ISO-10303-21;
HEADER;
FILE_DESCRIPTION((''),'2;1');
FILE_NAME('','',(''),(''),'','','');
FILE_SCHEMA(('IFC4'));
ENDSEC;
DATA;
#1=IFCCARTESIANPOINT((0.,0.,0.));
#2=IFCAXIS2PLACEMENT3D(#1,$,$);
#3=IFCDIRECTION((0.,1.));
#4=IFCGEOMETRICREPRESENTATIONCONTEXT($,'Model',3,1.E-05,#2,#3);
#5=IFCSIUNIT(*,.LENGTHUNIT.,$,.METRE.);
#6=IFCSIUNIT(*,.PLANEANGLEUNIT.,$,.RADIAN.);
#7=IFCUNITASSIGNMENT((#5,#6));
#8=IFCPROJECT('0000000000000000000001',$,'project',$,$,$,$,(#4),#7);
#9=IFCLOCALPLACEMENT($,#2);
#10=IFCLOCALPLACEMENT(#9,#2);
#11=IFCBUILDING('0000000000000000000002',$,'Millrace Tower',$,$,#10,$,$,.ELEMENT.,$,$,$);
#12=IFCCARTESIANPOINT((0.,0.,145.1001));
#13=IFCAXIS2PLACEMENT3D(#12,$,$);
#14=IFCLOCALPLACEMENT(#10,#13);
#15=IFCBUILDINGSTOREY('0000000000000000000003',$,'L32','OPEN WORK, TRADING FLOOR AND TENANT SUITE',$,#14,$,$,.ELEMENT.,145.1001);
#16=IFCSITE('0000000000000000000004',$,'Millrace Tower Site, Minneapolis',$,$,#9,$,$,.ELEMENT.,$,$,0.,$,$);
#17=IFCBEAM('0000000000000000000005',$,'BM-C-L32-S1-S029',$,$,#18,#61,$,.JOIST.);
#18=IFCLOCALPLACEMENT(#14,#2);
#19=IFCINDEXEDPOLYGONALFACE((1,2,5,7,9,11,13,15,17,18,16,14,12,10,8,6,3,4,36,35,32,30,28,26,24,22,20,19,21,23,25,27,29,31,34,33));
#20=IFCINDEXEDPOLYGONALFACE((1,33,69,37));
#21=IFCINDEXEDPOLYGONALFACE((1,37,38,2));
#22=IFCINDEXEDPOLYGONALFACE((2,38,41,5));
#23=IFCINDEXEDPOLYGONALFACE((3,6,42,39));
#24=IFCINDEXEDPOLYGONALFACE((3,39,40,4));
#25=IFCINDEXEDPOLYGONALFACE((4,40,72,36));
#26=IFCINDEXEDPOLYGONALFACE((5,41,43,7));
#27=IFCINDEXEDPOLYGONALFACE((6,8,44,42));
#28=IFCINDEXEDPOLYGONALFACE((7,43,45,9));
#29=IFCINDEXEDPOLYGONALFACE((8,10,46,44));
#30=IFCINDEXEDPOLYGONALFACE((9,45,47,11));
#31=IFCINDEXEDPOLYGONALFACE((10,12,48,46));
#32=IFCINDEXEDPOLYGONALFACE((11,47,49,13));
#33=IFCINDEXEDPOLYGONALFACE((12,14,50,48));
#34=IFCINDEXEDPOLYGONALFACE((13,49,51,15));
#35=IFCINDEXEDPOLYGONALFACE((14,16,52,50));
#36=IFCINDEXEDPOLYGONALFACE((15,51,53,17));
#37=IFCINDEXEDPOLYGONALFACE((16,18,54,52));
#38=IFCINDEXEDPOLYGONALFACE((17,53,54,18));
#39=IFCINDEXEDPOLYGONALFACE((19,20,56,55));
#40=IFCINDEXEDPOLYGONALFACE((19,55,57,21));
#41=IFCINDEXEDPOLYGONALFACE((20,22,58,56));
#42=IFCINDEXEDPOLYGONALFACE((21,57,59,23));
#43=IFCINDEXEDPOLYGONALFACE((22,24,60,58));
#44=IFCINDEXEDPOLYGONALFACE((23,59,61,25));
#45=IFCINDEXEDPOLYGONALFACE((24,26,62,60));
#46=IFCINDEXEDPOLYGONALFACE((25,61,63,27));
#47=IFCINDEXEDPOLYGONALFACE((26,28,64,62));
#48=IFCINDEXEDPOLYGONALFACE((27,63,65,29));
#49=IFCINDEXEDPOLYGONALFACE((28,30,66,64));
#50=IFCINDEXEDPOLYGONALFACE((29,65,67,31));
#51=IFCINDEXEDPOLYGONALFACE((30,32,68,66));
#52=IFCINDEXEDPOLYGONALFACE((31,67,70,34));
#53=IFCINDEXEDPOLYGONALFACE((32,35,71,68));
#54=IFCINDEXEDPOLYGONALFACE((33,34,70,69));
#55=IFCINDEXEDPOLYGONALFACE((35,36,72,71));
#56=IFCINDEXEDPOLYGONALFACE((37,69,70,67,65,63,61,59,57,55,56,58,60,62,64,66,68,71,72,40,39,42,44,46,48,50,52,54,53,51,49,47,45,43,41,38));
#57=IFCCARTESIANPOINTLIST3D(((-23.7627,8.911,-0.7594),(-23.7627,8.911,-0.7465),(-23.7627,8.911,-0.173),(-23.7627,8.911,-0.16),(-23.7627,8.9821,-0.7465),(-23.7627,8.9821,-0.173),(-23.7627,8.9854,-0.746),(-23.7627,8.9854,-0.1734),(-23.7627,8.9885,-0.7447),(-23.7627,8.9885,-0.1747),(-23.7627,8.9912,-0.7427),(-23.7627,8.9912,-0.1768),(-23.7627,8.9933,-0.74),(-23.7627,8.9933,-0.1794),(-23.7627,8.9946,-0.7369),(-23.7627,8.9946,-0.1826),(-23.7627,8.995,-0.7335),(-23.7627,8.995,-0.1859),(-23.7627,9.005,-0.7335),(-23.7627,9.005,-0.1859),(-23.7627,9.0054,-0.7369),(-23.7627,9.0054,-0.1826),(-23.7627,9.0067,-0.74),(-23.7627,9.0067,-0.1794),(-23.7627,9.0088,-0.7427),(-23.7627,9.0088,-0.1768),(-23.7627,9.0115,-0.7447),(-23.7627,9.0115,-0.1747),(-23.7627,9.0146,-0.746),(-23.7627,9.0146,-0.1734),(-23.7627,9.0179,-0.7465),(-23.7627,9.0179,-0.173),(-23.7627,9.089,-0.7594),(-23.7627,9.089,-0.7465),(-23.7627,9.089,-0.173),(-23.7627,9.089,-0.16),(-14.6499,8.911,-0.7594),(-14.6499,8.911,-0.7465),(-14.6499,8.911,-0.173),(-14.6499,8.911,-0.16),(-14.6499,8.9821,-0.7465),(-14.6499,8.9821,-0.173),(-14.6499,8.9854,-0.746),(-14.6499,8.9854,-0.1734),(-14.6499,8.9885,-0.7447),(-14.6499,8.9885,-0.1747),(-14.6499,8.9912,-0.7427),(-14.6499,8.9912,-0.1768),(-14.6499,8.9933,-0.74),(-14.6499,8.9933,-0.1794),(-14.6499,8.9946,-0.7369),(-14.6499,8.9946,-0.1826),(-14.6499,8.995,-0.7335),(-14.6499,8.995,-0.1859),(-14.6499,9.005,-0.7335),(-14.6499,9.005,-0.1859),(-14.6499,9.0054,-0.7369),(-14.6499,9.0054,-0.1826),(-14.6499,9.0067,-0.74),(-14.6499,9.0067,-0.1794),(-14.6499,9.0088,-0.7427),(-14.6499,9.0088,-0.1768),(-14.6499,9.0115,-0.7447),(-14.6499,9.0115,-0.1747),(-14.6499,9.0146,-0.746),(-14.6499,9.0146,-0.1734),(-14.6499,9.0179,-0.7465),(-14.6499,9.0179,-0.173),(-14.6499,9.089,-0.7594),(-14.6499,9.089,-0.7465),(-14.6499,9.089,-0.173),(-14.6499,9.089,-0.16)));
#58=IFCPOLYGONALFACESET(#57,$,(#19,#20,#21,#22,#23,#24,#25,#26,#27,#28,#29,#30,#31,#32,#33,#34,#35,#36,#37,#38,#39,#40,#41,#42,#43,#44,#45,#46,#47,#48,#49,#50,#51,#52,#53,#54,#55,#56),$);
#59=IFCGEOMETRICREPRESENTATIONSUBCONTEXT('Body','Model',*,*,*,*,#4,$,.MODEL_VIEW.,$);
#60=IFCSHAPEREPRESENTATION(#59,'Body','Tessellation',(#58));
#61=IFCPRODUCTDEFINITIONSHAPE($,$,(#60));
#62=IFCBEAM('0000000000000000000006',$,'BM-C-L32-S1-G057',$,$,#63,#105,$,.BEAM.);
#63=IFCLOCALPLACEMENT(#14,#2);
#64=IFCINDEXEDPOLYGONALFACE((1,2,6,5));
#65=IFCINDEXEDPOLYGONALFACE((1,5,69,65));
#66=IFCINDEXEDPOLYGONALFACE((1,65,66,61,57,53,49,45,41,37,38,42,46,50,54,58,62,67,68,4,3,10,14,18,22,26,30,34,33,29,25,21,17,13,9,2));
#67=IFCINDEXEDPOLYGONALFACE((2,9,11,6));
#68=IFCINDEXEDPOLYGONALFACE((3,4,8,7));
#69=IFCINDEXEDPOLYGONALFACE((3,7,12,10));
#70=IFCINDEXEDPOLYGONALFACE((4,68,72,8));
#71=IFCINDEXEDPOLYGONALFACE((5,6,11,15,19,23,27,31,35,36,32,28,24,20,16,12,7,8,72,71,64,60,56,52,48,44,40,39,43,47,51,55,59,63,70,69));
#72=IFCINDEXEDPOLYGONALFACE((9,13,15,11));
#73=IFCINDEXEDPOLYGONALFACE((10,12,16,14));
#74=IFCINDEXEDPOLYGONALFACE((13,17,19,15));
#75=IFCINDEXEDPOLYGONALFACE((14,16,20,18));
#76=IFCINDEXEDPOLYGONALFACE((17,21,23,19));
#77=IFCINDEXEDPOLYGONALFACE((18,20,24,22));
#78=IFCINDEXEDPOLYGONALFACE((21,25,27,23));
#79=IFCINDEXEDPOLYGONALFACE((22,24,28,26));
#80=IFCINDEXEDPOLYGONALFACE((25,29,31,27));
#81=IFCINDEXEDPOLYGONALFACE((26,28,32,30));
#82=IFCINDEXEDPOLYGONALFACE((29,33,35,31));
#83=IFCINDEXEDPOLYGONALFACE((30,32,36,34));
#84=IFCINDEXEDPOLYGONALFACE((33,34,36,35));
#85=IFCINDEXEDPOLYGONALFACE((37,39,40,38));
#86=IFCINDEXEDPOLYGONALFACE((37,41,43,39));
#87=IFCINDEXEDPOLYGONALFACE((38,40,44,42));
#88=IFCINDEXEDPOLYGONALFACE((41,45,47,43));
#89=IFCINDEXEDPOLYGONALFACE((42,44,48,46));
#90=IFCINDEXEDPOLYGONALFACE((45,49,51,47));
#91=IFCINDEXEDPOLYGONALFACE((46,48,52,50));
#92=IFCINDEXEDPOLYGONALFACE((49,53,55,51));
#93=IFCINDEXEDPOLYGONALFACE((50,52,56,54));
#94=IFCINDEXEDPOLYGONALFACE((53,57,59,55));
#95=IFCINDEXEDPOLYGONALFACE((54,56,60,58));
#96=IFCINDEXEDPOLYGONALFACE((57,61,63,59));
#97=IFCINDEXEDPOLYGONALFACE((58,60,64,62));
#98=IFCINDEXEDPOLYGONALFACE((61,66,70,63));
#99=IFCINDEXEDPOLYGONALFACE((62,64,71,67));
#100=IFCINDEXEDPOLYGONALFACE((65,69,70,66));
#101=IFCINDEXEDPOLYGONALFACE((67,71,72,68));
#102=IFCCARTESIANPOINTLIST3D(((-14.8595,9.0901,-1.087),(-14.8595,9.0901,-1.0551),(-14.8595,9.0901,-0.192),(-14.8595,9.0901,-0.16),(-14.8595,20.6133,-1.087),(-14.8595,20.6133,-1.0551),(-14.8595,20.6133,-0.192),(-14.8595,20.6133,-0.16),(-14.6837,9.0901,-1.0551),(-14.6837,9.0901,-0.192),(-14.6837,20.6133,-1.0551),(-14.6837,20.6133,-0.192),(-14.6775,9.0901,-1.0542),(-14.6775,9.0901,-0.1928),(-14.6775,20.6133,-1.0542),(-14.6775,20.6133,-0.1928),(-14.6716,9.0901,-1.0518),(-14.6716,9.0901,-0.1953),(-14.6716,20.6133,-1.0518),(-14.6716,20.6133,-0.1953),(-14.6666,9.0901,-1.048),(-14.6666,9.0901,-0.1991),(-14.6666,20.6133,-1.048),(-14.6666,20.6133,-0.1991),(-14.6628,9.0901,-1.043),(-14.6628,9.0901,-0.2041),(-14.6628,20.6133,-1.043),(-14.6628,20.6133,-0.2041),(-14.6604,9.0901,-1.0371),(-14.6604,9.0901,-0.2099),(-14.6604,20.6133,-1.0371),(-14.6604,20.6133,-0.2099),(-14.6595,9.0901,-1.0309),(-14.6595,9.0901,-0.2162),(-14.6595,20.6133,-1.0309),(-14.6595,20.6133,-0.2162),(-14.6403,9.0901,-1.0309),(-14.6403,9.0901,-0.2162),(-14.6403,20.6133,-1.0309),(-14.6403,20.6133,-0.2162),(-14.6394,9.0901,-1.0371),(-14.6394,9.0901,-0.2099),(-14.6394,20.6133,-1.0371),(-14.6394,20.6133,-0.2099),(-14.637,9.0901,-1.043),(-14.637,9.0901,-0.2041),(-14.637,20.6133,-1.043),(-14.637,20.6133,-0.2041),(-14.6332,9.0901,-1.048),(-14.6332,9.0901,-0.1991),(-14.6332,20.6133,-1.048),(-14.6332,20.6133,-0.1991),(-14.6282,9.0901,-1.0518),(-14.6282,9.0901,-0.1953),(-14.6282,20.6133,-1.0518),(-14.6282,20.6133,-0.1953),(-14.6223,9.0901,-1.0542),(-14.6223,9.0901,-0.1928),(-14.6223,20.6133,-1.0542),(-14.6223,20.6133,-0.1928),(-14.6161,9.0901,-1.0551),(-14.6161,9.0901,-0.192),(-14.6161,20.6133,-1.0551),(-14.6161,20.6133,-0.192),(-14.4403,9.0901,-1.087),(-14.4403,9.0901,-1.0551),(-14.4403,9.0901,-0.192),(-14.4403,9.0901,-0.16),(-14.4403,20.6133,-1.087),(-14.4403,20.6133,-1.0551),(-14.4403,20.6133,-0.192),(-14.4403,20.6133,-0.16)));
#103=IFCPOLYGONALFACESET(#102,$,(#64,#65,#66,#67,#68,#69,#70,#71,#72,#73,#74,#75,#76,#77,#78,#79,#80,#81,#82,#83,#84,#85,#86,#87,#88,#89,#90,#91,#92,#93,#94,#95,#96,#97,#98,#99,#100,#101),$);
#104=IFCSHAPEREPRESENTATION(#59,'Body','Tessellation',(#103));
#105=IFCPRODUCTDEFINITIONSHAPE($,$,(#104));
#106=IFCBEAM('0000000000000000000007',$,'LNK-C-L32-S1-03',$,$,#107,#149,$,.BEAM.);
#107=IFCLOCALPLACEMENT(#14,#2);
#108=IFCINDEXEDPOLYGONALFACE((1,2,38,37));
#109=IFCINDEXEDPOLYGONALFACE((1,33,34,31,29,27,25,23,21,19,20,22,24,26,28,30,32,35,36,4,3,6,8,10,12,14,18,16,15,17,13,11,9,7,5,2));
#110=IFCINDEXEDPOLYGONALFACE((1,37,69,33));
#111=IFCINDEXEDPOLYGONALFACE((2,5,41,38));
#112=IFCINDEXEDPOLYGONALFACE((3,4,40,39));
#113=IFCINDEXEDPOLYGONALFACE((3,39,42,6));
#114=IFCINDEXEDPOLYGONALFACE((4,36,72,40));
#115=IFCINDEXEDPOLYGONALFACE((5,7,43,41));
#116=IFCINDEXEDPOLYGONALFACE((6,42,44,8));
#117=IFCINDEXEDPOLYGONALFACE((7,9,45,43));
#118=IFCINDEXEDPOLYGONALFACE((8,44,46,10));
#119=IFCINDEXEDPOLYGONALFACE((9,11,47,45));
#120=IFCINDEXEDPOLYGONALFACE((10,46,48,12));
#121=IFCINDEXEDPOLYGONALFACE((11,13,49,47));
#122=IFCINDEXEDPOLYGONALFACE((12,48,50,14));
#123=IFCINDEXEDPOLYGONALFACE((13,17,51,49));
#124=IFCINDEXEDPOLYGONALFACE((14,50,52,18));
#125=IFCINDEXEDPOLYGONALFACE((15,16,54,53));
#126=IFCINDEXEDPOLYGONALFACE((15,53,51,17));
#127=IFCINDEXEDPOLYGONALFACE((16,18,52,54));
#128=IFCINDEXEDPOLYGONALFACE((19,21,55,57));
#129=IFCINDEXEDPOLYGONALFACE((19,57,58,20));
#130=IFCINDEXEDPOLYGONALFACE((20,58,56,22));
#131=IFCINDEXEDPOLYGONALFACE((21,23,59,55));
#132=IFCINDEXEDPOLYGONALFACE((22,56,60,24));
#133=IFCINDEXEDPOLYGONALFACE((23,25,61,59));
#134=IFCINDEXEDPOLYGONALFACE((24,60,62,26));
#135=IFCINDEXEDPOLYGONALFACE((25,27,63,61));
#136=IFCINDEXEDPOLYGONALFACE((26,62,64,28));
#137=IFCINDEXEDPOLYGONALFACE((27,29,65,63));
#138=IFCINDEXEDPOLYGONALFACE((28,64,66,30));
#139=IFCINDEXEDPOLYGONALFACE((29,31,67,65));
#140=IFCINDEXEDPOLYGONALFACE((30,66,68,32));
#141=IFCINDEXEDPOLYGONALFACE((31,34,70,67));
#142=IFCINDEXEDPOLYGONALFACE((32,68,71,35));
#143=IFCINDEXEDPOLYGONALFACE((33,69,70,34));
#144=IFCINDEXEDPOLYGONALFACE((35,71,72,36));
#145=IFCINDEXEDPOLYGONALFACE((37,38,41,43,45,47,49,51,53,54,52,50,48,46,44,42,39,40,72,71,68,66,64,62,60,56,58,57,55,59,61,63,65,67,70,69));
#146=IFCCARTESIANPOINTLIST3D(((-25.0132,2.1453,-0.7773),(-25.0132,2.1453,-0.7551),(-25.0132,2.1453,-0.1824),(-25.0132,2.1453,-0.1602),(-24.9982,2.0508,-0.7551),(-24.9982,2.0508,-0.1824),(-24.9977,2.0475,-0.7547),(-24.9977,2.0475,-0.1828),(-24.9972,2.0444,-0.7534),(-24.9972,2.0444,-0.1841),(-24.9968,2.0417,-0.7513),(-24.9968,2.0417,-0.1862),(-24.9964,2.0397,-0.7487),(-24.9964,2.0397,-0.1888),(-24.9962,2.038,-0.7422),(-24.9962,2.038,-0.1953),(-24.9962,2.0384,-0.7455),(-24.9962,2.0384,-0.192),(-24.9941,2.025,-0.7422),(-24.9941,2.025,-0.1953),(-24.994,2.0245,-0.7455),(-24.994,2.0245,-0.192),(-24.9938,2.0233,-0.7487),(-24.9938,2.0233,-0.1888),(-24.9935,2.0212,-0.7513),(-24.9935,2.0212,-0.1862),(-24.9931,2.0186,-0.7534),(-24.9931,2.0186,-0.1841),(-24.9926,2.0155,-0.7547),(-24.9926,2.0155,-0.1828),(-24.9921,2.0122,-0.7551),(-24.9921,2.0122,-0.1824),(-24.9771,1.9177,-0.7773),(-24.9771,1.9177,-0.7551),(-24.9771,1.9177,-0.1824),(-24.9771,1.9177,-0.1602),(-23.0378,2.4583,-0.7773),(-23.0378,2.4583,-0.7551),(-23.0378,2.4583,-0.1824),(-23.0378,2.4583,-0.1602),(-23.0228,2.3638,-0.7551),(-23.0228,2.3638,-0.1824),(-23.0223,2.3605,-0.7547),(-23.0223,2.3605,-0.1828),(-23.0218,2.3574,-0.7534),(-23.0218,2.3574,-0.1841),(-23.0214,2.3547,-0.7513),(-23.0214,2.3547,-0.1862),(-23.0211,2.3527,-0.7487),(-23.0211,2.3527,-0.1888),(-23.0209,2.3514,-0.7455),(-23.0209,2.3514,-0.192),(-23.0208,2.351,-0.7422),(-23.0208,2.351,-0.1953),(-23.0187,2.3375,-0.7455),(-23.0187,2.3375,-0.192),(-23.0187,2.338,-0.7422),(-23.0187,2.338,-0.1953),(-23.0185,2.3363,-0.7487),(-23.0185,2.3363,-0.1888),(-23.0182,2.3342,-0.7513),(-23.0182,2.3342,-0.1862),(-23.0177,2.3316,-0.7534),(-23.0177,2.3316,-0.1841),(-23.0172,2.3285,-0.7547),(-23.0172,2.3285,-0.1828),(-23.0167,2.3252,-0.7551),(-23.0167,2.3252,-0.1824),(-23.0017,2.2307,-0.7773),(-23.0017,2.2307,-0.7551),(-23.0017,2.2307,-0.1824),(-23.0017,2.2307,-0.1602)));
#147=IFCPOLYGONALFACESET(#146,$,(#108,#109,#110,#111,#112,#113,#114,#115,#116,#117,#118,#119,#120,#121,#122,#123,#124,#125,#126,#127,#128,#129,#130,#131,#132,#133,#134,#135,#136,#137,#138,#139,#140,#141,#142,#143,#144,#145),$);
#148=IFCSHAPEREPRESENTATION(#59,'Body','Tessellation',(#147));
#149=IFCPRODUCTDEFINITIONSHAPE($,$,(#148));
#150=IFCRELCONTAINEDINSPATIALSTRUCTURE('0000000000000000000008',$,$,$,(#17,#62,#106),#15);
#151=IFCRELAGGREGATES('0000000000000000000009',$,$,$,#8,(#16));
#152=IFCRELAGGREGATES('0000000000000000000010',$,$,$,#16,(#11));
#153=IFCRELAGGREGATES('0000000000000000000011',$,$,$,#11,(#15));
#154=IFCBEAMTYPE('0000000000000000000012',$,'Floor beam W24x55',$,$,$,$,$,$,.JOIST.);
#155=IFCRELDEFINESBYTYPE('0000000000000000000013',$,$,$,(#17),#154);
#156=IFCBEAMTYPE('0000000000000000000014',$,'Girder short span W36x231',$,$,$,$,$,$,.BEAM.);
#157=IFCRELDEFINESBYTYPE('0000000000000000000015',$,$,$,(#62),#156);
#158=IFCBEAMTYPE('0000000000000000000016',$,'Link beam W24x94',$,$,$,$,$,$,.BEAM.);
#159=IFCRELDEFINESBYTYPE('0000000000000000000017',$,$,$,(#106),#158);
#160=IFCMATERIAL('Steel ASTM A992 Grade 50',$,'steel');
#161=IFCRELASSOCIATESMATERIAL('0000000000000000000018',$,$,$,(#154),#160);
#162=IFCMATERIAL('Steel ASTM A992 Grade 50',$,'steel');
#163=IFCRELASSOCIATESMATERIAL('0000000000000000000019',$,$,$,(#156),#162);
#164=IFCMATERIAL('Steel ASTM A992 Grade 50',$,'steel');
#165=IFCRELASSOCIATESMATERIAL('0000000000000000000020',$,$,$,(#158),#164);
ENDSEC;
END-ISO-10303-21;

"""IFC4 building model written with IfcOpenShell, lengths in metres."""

from ifc_helpers import new_model, si_unit, direction, frame, origin, origin_2d, place, context, subcontext, project, spatial, i_section, extrude, material, material_profile, profile_set, type_object, element, save


model = new_model("IFC4")

# Units and contexts
model_context = context("Model", 3, precision=1e-05, world=origin(), true_north=direction((0.0, 1.0)))
body_context = subcontext(model_context, "Body", "Model", "MODEL_VIEW")
ifc_project = project(units=[si_unit("LENGTHUNIT", "METRE"), si_unit("PLANEANGLEUNIT", "RADIAN")], contexts=[model_context])

# Site, building, storey
site_placement = place(None, origin())
site = spatial("IfcSite", under=ifc_project, at=site_placement, Name="Millrace Tower Site, Minneapolis", CompositionType="ELEMENT", RefElevation=0.0)
building_placement = place(site_placement, origin())
building = spatial("IfcBuilding", under=site, at=building_placement, Name="Millrace Tower", CompositionType="ELEMENT")
storey_placement = place(building_placement, frame((0.0, 0.0, 145.1001)))
storey = spatial("IfcBuildingStorey", under=building, at=storey_placement, Name="L32", Description="OPEN WORK, TRADING FLOOR AND TENANT SUITE", CompositionType="ELEMENT", Elevation=145.1001)

# Beams
ifc_material_1 = material(Name="Steel ASTM A992 Grade 50", Category="steel")
ifc_material_profile_1 = material_profile(ifc_material_1, i_section(OverallWidth=0.178, OverallDepth=0.5994, WebThickness=0.01, FlangeThickness=0.0129, FilletRadius=0.0129, at=origin_2d()))
ifc_profile_set_1 = profile_set([ifc_material_profile_1], Name="Steel ASTM A992 Grade 50")
beam_type_1 = type_object("IfcBeamType", Name="Floor beam W24x55", PredefinedType="JOIST", material=ifc_profile_set_1)
beam_1_placement = place(storey_placement, frame((-23.7627, 9.0, -0.4597), z_axis=(1.0, 0.0, 0.0), x_axis=(0.0, 1.0, 0.0)))
element("IfcBeam", 1, at=beam_1_placement, inside=storey, type_object=beam_type_1, Name="BM-C-L32-S1-S029", PredefinedType="JOIST", context=body_context, shape_type="SweptSolid", body=[
    extrude(i_section(OverallWidth=0.178, OverallDepth=0.5994, WebThickness=0.01, FlangeThickness=0.0129, FilletRadius=0.0129, at=origin_2d()), origin(), (0.0, 0.0, 1.0), 9.1128),
])
ifc_material_2 = material(Name="Steel ASTM A992 Grade 50", Category="steel")
ifc_material_profile_2 = material_profile(ifc_material_2, i_section(OverallWidth=0.4192, OverallDepth=0.927, WebThickness=0.0193, FlangeThickness=0.032, FilletRadius=0.0242, at=origin_2d()))
ifc_profile_set_2 = profile_set([ifc_material_profile_2], Name="Steel ASTM A992 Grade 50")
beam_type_2 = type_object("IfcBeamType", Name="Girder short span W36x231", PredefinedType="BEAM", material=ifc_profile_set_2)
beam_2_placement = place(storey_placement, frame((-14.6499, 9.0901, -0.6235), z_axis=(0.0, 1.0, 0.0), x_axis=(-1.0, 0.0, 0.0)))
element("IfcBeam", 2, at=beam_2_placement, inside=storey, type_object=beam_type_2, Name="BM-C-L32-S1-G057", PredefinedType="BEAM", context=body_context, shape_type="SweptSolid", body=[
    extrude(i_section(OverallWidth=0.4192, OverallDepth=0.927, WebThickness=0.0193, FlangeThickness=0.032, FilletRadius=0.0242, at=origin_2d()), origin(), (0.0, 0.0, 1.0), 11.5232),
])
ifc_material_3 = material(Name="Steel ASTM A992 Grade 50", Category="steel")
ifc_material_profile_3 = material_profile(ifc_material_3, i_section(OverallWidth=0.2305, OverallDepth=0.6172, WebThickness=0.0132, FlangeThickness=0.0222, FilletRadius=0.0129, at=origin_2d()))
ifc_profile_set_3 = profile_set([ifc_material_profile_3], Name="Steel ASTM A992 Grade 50")
beam_type_3 = type_object("IfcBeamType", Name="Link beam W24x94", PredefinedType="BEAM", material=ifc_profile_set_3)
beam_3_placement = place(storey_placement, frame((-23.0198, 2.3445, -0.4688), z_axis=(-0.987679, -0.156495, 0.0), x_axis=(0.156495, -0.987679, 0.0)))
element("IfcBeam", 3, at=beam_3_placement, inside=storey, type_object=beam_type_3, Name="LNK-C-L32-S1-03", PredefinedType="BEAM", context=body_context, shape_type="SweptSolid", body=[
    extrude(i_section(OverallWidth=0.2305, OverallDepth=0.6172, WebThickness=0.0132, FlangeThickness=0.0222, FilletRadius=0.0129, at=origin_2d()), origin(), (0.0, 0.0, 1.0), 2.0),
])

save(model, "model.ifc")
